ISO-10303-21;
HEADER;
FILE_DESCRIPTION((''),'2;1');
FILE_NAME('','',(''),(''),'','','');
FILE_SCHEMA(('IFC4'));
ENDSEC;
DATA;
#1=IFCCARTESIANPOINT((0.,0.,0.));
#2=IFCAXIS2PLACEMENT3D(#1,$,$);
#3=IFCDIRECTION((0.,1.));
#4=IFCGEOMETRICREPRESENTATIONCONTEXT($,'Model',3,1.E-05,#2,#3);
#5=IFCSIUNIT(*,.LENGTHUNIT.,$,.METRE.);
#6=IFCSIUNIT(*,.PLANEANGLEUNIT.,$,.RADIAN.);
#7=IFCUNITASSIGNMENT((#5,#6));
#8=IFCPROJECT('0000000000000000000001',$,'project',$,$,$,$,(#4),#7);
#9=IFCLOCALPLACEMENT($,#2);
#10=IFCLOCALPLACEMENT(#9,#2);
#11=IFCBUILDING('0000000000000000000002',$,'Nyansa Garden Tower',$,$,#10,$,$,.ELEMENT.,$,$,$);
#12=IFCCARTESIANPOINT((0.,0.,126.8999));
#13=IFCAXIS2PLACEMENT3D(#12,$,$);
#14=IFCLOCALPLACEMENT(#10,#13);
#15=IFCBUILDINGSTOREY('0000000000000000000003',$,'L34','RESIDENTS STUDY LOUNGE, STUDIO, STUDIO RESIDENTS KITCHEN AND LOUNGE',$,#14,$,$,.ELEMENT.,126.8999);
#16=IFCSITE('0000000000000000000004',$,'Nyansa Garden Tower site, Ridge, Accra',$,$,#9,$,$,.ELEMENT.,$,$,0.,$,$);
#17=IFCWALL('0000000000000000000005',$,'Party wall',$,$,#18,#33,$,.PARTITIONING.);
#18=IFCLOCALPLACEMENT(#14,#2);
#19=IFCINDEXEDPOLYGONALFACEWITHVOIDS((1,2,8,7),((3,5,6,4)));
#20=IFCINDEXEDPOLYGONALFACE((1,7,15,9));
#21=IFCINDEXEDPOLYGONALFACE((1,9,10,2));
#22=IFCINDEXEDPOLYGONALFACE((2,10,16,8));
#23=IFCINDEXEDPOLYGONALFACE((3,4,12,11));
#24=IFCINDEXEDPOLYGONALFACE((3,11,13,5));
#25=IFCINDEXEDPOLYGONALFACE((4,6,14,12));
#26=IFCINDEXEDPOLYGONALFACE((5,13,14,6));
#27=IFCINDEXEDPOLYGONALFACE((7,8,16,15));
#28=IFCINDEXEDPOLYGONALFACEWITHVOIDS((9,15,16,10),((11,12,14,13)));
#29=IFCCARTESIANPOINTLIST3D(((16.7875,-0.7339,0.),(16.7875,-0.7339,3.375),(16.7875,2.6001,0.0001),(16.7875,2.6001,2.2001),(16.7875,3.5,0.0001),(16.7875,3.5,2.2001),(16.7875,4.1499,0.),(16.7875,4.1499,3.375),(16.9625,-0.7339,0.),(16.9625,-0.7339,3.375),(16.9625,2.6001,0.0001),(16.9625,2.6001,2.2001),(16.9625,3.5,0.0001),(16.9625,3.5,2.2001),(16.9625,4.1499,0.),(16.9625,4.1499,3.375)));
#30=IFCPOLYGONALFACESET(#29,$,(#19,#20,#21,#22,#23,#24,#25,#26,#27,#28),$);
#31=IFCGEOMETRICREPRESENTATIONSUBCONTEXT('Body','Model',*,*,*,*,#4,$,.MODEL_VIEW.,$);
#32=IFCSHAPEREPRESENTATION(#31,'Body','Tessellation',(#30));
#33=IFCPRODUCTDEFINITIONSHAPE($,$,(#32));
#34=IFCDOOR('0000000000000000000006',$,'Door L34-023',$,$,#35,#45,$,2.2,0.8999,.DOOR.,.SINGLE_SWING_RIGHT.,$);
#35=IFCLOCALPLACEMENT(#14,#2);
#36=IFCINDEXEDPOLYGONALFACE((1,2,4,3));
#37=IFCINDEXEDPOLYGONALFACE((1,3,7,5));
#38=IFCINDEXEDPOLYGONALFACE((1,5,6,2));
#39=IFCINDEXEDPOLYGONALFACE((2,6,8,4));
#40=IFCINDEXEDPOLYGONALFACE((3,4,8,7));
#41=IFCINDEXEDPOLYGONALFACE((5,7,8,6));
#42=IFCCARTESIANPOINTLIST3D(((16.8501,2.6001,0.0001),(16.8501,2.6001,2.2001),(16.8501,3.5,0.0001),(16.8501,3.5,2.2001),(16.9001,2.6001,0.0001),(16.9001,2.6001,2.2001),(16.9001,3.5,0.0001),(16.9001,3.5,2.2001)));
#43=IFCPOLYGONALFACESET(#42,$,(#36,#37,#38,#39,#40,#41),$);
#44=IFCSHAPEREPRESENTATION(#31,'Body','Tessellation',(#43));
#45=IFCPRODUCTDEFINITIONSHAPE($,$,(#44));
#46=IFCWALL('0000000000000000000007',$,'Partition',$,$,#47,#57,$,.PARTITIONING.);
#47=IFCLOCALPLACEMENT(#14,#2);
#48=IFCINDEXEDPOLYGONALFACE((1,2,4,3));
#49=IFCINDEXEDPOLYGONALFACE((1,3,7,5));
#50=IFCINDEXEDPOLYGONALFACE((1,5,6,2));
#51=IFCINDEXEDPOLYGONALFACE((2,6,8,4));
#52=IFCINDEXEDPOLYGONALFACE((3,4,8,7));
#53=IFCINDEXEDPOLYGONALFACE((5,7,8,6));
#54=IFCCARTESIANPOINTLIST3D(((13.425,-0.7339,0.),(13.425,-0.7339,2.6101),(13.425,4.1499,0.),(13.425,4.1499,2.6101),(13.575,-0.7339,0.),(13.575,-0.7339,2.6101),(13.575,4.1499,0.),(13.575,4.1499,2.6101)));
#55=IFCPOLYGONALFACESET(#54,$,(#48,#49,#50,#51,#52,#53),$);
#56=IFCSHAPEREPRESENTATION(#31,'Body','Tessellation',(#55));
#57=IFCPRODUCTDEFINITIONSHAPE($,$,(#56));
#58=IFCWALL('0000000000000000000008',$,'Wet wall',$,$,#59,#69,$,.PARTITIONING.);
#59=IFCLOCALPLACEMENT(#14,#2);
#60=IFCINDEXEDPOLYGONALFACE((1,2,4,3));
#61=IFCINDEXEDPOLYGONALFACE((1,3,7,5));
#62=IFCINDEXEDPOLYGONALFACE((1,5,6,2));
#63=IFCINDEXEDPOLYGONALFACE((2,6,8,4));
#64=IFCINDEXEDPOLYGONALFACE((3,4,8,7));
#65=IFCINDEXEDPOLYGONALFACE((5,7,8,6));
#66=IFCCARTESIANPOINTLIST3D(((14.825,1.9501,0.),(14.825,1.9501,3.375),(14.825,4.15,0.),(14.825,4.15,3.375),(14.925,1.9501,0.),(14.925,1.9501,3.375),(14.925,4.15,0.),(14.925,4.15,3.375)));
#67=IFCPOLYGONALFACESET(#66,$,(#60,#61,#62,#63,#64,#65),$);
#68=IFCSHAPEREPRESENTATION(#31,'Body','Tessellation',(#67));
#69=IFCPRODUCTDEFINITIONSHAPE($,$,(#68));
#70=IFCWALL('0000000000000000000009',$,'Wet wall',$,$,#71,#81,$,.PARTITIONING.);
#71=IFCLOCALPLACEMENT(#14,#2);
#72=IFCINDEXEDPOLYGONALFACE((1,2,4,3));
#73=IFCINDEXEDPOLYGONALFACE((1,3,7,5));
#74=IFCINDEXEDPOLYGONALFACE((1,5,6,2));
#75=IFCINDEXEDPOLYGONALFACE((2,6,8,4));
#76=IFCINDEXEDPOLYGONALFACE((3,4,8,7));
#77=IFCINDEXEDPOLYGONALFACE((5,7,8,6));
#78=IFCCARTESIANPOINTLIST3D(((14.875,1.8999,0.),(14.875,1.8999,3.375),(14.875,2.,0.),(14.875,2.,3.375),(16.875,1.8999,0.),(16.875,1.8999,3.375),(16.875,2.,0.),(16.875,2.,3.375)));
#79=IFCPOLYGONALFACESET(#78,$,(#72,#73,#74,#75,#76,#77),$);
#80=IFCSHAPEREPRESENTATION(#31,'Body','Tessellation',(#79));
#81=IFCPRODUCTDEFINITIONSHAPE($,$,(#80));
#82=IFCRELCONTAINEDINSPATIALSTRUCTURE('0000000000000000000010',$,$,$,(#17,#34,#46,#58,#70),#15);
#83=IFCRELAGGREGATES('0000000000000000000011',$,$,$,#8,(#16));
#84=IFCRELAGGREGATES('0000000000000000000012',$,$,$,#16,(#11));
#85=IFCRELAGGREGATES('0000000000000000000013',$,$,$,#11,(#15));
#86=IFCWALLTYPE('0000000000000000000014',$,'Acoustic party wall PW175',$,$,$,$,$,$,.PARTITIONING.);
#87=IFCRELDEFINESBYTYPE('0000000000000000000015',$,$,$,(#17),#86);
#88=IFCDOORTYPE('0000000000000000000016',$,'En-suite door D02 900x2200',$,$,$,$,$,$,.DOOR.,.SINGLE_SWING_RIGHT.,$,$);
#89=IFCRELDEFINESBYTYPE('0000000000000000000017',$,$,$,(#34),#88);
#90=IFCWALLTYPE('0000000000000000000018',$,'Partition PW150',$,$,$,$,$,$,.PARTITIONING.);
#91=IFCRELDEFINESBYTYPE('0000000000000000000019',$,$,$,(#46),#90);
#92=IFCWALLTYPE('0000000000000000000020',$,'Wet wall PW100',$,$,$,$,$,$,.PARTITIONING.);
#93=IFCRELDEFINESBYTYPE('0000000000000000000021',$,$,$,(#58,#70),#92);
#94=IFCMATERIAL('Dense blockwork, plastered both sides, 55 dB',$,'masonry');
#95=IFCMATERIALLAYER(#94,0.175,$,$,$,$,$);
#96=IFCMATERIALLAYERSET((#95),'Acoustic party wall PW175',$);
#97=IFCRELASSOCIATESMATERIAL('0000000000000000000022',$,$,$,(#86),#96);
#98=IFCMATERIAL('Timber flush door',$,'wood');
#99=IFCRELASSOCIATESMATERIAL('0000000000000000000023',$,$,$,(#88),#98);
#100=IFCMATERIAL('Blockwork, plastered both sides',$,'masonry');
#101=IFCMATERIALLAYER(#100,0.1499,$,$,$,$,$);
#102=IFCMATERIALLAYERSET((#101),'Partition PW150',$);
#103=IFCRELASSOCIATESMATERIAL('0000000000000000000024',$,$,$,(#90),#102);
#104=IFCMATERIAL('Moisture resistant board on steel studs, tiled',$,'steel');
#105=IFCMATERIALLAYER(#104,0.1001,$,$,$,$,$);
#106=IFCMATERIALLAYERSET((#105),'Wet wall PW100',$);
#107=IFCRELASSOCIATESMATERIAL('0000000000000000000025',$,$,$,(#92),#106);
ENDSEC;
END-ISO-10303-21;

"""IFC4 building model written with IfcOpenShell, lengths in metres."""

from ifc_helpers import new_model, si_unit, direction, frame, frame_2d, origin, place, context, subcontext, project, spatial, rectangle, extrude, material, layer, layer_set, type_object, element, fill, save


model = new_model("IFC4")

# Units and contexts
model_context = context("Model", 3, precision=1e-05, world=origin(), true_north=direction((0.0, 1.0)))
body_context = subcontext(model_context, "Body", "Model", "MODEL_VIEW")
ifc_project = project(units=[si_unit("LENGTHUNIT", "METRE"), si_unit("PLANEANGLEUNIT", "RADIAN")], contexts=[model_context])

# Site, building, storey
site_placement = place(None, origin())
site = spatial("IfcSite", under=ifc_project, at=site_placement, Name="Nyansa Garden Tower site, Ridge, Accra", CompositionType="ELEMENT", RefElevation=0.0)
building_placement = place(site_placement, origin())
building = spatial("IfcBuilding", under=site, at=building_placement, Name="Nyansa Garden Tower", CompositionType="ELEMENT")
storey_placement = place(building_placement, frame((0.0, 0.0, 126.8999)))
storey = spatial("IfcBuildingStorey", under=building, at=storey_placement, Name="L34", Description="RESIDENTS STUDY LOUNGE, STUDIO, STUDIO RESIDENTS KITCHEN AND LOUNGE", CompositionType="ELEMENT", Elevation=126.8999)

# Wall, opening, door
ifc_material_1 = material(Name="Dense blockwork, plastered both sides, 55 dB", Category="masonry")
ifc_layer_1 = layer(ifc_material_1, 0.175)
ifc_layer_set_1 = layer_set([ifc_layer_1], Name="Acoustic party wall PW175")
wall_type_1 = type_object("IfcWallType", Name="Acoustic party wall PW175", PredefinedType="PARTITIONING", material=ifc_layer_set_1)
wall_1_placement = place(storey_placement, frame((16.875, -0.7339, 0.0), z_axis=(0.0, 0.0, 1.0), x_axis=(0.0, 1.0, 0.0)))
wall_1 = element("IfcWall", 1, at=wall_1_placement, inside=storey, type_object=wall_type_1, Name="Party wall", PredefinedType="PARTITIONING", context=body_context, shape_type="SweptSolid", body=[
    extrude(rectangle(XDim=4.8838, YDim=0.175, at=frame_2d((2.4419, 0.0))), origin(), (0.0, 0.0, 1.0), 3.375),
])
opening_placement = place(wall_1_placement, frame((3.334, 0.0, 0.0)))
opening = element("IfcOpeningElement", 2, at=opening_placement, cuts=wall_1, PredefinedType="OPENING", context=body_context, shape_type="SweptSolid", body=[
    extrude(rectangle(XDim=0.8999, YDim=2.2, at=frame_2d((0.45, 1.1001))), frame((0.0, 0.0974, 0.0), z_axis=(0.0, -1.0, 0.0), x_axis=(1.0, 0.0, 0.0)), (0.0, 0.0, 1.0), 0.1951),
])
ifc_material_2 = material(Name="Timber flush door", Category="wood")
door_type = type_object("IfcDoorType", Name="En-suite door D02 900x2200", OperationType="SINGLE_SWING_RIGHT", PredefinedType="DOOR", material=ifc_material_2)
door_placement = place(opening_placement, origin())
door = element("IfcDoor", 3, at=door_placement, inside=storey, type_object=door_type, Name="Door L34-023", OperationType="SINGLE_SWING_RIGHT", OverallHeight=2.2, OverallWidth=0.8999, PredefinedType="DOOR", context=body_context, shape_type="SweptSolid", body=[
    extrude(rectangle(XDim=0.8999, YDim=2.2, at=frame_2d((0.45, 1.1001))), frame((0.0, 0.0249, 0.0), z_axis=(0.0, -1.0, 0.0), x_axis=(1.0, 0.0, 0.0)), (0.0, 0.0, 1.0), 0.05),
])
fill(opening, door)

# Walls
ifc_material_3 = material(Name="Blockwork, plastered both sides", Category="masonry")
ifc_layer_2 = layer(ifc_material_3, 0.1499)
ifc_layer_set_2 = layer_set([ifc_layer_2], Name="Partition PW150")
wall_type_2 = type_object("IfcWallType", Name="Partition PW150", PredefinedType="PARTITIONING", material=ifc_layer_set_2)
wall_2_placement = place(storey_placement, frame((13.5, -0.7339, 0.0), z_axis=(0.0, 0.0, 1.0), x_axis=(0.0, 1.0, 0.0)))
element("IfcWall", 4, at=wall_2_placement, inside=storey, type_object=wall_type_2, Name="Partition", PredefinedType="PARTITIONING", context=body_context, shape_type="SweptSolid", body=[
    extrude(rectangle(XDim=4.8838, YDim=0.1499, at=frame_2d((2.4419, 0.0))), origin(), (0.0, 0.0, 1.0), 2.6101),
])
ifc_material_4 = material(Name="Moisture resistant board on steel studs, tiled", Category="steel")
ifc_layer_3 = layer(ifc_material_4, 0.1001)
ifc_layer_set_3 = layer_set([ifc_layer_3], Name="Wet wall PW100")
wall_type_3 = type_object("IfcWallType", Name="Wet wall PW100", PredefinedType="PARTITIONING", material=ifc_layer_set_3)
wall_3_placement = place(storey_placement, frame((14.875, 1.95, 0.0), z_axis=(0.0, 0.0, 1.0), x_axis=(0.0, 1.0, 0.0)))
element("IfcWall", 5, at=wall_3_placement, inside=storey, type_object=wall_type_3, Name="Wet wall", PredefinedType="PARTITIONING", context=body_context, shape_type="SweptSolid", body=[
    extrude(rectangle(XDim=2.2, YDim=0.1001, at=frame_2d((1.1001, 0.0))), origin(), (0.0, 0.0, 1.0), 3.375),
])
wall_4_placement = place(storey_placement, frame((14.875, 1.95, 0.0), z_axis=(0.0, 0.0, 1.0), x_axis=(1.0, 0.0, 0.0)))
element("IfcWall", 6, at=wall_4_placement, inside=storey, type_object=wall_type_3, Name="Wet wall", PredefinedType="PARTITIONING", context=body_context, shape_type="SweptSolid", body=[
    extrude(rectangle(XDim=2.0, YDim=0.1001, at=frame_2d((1.0, 0.0))), origin(), (0.0, 0.0, 1.0), 3.375),
])

save(model, "model.ifc")
